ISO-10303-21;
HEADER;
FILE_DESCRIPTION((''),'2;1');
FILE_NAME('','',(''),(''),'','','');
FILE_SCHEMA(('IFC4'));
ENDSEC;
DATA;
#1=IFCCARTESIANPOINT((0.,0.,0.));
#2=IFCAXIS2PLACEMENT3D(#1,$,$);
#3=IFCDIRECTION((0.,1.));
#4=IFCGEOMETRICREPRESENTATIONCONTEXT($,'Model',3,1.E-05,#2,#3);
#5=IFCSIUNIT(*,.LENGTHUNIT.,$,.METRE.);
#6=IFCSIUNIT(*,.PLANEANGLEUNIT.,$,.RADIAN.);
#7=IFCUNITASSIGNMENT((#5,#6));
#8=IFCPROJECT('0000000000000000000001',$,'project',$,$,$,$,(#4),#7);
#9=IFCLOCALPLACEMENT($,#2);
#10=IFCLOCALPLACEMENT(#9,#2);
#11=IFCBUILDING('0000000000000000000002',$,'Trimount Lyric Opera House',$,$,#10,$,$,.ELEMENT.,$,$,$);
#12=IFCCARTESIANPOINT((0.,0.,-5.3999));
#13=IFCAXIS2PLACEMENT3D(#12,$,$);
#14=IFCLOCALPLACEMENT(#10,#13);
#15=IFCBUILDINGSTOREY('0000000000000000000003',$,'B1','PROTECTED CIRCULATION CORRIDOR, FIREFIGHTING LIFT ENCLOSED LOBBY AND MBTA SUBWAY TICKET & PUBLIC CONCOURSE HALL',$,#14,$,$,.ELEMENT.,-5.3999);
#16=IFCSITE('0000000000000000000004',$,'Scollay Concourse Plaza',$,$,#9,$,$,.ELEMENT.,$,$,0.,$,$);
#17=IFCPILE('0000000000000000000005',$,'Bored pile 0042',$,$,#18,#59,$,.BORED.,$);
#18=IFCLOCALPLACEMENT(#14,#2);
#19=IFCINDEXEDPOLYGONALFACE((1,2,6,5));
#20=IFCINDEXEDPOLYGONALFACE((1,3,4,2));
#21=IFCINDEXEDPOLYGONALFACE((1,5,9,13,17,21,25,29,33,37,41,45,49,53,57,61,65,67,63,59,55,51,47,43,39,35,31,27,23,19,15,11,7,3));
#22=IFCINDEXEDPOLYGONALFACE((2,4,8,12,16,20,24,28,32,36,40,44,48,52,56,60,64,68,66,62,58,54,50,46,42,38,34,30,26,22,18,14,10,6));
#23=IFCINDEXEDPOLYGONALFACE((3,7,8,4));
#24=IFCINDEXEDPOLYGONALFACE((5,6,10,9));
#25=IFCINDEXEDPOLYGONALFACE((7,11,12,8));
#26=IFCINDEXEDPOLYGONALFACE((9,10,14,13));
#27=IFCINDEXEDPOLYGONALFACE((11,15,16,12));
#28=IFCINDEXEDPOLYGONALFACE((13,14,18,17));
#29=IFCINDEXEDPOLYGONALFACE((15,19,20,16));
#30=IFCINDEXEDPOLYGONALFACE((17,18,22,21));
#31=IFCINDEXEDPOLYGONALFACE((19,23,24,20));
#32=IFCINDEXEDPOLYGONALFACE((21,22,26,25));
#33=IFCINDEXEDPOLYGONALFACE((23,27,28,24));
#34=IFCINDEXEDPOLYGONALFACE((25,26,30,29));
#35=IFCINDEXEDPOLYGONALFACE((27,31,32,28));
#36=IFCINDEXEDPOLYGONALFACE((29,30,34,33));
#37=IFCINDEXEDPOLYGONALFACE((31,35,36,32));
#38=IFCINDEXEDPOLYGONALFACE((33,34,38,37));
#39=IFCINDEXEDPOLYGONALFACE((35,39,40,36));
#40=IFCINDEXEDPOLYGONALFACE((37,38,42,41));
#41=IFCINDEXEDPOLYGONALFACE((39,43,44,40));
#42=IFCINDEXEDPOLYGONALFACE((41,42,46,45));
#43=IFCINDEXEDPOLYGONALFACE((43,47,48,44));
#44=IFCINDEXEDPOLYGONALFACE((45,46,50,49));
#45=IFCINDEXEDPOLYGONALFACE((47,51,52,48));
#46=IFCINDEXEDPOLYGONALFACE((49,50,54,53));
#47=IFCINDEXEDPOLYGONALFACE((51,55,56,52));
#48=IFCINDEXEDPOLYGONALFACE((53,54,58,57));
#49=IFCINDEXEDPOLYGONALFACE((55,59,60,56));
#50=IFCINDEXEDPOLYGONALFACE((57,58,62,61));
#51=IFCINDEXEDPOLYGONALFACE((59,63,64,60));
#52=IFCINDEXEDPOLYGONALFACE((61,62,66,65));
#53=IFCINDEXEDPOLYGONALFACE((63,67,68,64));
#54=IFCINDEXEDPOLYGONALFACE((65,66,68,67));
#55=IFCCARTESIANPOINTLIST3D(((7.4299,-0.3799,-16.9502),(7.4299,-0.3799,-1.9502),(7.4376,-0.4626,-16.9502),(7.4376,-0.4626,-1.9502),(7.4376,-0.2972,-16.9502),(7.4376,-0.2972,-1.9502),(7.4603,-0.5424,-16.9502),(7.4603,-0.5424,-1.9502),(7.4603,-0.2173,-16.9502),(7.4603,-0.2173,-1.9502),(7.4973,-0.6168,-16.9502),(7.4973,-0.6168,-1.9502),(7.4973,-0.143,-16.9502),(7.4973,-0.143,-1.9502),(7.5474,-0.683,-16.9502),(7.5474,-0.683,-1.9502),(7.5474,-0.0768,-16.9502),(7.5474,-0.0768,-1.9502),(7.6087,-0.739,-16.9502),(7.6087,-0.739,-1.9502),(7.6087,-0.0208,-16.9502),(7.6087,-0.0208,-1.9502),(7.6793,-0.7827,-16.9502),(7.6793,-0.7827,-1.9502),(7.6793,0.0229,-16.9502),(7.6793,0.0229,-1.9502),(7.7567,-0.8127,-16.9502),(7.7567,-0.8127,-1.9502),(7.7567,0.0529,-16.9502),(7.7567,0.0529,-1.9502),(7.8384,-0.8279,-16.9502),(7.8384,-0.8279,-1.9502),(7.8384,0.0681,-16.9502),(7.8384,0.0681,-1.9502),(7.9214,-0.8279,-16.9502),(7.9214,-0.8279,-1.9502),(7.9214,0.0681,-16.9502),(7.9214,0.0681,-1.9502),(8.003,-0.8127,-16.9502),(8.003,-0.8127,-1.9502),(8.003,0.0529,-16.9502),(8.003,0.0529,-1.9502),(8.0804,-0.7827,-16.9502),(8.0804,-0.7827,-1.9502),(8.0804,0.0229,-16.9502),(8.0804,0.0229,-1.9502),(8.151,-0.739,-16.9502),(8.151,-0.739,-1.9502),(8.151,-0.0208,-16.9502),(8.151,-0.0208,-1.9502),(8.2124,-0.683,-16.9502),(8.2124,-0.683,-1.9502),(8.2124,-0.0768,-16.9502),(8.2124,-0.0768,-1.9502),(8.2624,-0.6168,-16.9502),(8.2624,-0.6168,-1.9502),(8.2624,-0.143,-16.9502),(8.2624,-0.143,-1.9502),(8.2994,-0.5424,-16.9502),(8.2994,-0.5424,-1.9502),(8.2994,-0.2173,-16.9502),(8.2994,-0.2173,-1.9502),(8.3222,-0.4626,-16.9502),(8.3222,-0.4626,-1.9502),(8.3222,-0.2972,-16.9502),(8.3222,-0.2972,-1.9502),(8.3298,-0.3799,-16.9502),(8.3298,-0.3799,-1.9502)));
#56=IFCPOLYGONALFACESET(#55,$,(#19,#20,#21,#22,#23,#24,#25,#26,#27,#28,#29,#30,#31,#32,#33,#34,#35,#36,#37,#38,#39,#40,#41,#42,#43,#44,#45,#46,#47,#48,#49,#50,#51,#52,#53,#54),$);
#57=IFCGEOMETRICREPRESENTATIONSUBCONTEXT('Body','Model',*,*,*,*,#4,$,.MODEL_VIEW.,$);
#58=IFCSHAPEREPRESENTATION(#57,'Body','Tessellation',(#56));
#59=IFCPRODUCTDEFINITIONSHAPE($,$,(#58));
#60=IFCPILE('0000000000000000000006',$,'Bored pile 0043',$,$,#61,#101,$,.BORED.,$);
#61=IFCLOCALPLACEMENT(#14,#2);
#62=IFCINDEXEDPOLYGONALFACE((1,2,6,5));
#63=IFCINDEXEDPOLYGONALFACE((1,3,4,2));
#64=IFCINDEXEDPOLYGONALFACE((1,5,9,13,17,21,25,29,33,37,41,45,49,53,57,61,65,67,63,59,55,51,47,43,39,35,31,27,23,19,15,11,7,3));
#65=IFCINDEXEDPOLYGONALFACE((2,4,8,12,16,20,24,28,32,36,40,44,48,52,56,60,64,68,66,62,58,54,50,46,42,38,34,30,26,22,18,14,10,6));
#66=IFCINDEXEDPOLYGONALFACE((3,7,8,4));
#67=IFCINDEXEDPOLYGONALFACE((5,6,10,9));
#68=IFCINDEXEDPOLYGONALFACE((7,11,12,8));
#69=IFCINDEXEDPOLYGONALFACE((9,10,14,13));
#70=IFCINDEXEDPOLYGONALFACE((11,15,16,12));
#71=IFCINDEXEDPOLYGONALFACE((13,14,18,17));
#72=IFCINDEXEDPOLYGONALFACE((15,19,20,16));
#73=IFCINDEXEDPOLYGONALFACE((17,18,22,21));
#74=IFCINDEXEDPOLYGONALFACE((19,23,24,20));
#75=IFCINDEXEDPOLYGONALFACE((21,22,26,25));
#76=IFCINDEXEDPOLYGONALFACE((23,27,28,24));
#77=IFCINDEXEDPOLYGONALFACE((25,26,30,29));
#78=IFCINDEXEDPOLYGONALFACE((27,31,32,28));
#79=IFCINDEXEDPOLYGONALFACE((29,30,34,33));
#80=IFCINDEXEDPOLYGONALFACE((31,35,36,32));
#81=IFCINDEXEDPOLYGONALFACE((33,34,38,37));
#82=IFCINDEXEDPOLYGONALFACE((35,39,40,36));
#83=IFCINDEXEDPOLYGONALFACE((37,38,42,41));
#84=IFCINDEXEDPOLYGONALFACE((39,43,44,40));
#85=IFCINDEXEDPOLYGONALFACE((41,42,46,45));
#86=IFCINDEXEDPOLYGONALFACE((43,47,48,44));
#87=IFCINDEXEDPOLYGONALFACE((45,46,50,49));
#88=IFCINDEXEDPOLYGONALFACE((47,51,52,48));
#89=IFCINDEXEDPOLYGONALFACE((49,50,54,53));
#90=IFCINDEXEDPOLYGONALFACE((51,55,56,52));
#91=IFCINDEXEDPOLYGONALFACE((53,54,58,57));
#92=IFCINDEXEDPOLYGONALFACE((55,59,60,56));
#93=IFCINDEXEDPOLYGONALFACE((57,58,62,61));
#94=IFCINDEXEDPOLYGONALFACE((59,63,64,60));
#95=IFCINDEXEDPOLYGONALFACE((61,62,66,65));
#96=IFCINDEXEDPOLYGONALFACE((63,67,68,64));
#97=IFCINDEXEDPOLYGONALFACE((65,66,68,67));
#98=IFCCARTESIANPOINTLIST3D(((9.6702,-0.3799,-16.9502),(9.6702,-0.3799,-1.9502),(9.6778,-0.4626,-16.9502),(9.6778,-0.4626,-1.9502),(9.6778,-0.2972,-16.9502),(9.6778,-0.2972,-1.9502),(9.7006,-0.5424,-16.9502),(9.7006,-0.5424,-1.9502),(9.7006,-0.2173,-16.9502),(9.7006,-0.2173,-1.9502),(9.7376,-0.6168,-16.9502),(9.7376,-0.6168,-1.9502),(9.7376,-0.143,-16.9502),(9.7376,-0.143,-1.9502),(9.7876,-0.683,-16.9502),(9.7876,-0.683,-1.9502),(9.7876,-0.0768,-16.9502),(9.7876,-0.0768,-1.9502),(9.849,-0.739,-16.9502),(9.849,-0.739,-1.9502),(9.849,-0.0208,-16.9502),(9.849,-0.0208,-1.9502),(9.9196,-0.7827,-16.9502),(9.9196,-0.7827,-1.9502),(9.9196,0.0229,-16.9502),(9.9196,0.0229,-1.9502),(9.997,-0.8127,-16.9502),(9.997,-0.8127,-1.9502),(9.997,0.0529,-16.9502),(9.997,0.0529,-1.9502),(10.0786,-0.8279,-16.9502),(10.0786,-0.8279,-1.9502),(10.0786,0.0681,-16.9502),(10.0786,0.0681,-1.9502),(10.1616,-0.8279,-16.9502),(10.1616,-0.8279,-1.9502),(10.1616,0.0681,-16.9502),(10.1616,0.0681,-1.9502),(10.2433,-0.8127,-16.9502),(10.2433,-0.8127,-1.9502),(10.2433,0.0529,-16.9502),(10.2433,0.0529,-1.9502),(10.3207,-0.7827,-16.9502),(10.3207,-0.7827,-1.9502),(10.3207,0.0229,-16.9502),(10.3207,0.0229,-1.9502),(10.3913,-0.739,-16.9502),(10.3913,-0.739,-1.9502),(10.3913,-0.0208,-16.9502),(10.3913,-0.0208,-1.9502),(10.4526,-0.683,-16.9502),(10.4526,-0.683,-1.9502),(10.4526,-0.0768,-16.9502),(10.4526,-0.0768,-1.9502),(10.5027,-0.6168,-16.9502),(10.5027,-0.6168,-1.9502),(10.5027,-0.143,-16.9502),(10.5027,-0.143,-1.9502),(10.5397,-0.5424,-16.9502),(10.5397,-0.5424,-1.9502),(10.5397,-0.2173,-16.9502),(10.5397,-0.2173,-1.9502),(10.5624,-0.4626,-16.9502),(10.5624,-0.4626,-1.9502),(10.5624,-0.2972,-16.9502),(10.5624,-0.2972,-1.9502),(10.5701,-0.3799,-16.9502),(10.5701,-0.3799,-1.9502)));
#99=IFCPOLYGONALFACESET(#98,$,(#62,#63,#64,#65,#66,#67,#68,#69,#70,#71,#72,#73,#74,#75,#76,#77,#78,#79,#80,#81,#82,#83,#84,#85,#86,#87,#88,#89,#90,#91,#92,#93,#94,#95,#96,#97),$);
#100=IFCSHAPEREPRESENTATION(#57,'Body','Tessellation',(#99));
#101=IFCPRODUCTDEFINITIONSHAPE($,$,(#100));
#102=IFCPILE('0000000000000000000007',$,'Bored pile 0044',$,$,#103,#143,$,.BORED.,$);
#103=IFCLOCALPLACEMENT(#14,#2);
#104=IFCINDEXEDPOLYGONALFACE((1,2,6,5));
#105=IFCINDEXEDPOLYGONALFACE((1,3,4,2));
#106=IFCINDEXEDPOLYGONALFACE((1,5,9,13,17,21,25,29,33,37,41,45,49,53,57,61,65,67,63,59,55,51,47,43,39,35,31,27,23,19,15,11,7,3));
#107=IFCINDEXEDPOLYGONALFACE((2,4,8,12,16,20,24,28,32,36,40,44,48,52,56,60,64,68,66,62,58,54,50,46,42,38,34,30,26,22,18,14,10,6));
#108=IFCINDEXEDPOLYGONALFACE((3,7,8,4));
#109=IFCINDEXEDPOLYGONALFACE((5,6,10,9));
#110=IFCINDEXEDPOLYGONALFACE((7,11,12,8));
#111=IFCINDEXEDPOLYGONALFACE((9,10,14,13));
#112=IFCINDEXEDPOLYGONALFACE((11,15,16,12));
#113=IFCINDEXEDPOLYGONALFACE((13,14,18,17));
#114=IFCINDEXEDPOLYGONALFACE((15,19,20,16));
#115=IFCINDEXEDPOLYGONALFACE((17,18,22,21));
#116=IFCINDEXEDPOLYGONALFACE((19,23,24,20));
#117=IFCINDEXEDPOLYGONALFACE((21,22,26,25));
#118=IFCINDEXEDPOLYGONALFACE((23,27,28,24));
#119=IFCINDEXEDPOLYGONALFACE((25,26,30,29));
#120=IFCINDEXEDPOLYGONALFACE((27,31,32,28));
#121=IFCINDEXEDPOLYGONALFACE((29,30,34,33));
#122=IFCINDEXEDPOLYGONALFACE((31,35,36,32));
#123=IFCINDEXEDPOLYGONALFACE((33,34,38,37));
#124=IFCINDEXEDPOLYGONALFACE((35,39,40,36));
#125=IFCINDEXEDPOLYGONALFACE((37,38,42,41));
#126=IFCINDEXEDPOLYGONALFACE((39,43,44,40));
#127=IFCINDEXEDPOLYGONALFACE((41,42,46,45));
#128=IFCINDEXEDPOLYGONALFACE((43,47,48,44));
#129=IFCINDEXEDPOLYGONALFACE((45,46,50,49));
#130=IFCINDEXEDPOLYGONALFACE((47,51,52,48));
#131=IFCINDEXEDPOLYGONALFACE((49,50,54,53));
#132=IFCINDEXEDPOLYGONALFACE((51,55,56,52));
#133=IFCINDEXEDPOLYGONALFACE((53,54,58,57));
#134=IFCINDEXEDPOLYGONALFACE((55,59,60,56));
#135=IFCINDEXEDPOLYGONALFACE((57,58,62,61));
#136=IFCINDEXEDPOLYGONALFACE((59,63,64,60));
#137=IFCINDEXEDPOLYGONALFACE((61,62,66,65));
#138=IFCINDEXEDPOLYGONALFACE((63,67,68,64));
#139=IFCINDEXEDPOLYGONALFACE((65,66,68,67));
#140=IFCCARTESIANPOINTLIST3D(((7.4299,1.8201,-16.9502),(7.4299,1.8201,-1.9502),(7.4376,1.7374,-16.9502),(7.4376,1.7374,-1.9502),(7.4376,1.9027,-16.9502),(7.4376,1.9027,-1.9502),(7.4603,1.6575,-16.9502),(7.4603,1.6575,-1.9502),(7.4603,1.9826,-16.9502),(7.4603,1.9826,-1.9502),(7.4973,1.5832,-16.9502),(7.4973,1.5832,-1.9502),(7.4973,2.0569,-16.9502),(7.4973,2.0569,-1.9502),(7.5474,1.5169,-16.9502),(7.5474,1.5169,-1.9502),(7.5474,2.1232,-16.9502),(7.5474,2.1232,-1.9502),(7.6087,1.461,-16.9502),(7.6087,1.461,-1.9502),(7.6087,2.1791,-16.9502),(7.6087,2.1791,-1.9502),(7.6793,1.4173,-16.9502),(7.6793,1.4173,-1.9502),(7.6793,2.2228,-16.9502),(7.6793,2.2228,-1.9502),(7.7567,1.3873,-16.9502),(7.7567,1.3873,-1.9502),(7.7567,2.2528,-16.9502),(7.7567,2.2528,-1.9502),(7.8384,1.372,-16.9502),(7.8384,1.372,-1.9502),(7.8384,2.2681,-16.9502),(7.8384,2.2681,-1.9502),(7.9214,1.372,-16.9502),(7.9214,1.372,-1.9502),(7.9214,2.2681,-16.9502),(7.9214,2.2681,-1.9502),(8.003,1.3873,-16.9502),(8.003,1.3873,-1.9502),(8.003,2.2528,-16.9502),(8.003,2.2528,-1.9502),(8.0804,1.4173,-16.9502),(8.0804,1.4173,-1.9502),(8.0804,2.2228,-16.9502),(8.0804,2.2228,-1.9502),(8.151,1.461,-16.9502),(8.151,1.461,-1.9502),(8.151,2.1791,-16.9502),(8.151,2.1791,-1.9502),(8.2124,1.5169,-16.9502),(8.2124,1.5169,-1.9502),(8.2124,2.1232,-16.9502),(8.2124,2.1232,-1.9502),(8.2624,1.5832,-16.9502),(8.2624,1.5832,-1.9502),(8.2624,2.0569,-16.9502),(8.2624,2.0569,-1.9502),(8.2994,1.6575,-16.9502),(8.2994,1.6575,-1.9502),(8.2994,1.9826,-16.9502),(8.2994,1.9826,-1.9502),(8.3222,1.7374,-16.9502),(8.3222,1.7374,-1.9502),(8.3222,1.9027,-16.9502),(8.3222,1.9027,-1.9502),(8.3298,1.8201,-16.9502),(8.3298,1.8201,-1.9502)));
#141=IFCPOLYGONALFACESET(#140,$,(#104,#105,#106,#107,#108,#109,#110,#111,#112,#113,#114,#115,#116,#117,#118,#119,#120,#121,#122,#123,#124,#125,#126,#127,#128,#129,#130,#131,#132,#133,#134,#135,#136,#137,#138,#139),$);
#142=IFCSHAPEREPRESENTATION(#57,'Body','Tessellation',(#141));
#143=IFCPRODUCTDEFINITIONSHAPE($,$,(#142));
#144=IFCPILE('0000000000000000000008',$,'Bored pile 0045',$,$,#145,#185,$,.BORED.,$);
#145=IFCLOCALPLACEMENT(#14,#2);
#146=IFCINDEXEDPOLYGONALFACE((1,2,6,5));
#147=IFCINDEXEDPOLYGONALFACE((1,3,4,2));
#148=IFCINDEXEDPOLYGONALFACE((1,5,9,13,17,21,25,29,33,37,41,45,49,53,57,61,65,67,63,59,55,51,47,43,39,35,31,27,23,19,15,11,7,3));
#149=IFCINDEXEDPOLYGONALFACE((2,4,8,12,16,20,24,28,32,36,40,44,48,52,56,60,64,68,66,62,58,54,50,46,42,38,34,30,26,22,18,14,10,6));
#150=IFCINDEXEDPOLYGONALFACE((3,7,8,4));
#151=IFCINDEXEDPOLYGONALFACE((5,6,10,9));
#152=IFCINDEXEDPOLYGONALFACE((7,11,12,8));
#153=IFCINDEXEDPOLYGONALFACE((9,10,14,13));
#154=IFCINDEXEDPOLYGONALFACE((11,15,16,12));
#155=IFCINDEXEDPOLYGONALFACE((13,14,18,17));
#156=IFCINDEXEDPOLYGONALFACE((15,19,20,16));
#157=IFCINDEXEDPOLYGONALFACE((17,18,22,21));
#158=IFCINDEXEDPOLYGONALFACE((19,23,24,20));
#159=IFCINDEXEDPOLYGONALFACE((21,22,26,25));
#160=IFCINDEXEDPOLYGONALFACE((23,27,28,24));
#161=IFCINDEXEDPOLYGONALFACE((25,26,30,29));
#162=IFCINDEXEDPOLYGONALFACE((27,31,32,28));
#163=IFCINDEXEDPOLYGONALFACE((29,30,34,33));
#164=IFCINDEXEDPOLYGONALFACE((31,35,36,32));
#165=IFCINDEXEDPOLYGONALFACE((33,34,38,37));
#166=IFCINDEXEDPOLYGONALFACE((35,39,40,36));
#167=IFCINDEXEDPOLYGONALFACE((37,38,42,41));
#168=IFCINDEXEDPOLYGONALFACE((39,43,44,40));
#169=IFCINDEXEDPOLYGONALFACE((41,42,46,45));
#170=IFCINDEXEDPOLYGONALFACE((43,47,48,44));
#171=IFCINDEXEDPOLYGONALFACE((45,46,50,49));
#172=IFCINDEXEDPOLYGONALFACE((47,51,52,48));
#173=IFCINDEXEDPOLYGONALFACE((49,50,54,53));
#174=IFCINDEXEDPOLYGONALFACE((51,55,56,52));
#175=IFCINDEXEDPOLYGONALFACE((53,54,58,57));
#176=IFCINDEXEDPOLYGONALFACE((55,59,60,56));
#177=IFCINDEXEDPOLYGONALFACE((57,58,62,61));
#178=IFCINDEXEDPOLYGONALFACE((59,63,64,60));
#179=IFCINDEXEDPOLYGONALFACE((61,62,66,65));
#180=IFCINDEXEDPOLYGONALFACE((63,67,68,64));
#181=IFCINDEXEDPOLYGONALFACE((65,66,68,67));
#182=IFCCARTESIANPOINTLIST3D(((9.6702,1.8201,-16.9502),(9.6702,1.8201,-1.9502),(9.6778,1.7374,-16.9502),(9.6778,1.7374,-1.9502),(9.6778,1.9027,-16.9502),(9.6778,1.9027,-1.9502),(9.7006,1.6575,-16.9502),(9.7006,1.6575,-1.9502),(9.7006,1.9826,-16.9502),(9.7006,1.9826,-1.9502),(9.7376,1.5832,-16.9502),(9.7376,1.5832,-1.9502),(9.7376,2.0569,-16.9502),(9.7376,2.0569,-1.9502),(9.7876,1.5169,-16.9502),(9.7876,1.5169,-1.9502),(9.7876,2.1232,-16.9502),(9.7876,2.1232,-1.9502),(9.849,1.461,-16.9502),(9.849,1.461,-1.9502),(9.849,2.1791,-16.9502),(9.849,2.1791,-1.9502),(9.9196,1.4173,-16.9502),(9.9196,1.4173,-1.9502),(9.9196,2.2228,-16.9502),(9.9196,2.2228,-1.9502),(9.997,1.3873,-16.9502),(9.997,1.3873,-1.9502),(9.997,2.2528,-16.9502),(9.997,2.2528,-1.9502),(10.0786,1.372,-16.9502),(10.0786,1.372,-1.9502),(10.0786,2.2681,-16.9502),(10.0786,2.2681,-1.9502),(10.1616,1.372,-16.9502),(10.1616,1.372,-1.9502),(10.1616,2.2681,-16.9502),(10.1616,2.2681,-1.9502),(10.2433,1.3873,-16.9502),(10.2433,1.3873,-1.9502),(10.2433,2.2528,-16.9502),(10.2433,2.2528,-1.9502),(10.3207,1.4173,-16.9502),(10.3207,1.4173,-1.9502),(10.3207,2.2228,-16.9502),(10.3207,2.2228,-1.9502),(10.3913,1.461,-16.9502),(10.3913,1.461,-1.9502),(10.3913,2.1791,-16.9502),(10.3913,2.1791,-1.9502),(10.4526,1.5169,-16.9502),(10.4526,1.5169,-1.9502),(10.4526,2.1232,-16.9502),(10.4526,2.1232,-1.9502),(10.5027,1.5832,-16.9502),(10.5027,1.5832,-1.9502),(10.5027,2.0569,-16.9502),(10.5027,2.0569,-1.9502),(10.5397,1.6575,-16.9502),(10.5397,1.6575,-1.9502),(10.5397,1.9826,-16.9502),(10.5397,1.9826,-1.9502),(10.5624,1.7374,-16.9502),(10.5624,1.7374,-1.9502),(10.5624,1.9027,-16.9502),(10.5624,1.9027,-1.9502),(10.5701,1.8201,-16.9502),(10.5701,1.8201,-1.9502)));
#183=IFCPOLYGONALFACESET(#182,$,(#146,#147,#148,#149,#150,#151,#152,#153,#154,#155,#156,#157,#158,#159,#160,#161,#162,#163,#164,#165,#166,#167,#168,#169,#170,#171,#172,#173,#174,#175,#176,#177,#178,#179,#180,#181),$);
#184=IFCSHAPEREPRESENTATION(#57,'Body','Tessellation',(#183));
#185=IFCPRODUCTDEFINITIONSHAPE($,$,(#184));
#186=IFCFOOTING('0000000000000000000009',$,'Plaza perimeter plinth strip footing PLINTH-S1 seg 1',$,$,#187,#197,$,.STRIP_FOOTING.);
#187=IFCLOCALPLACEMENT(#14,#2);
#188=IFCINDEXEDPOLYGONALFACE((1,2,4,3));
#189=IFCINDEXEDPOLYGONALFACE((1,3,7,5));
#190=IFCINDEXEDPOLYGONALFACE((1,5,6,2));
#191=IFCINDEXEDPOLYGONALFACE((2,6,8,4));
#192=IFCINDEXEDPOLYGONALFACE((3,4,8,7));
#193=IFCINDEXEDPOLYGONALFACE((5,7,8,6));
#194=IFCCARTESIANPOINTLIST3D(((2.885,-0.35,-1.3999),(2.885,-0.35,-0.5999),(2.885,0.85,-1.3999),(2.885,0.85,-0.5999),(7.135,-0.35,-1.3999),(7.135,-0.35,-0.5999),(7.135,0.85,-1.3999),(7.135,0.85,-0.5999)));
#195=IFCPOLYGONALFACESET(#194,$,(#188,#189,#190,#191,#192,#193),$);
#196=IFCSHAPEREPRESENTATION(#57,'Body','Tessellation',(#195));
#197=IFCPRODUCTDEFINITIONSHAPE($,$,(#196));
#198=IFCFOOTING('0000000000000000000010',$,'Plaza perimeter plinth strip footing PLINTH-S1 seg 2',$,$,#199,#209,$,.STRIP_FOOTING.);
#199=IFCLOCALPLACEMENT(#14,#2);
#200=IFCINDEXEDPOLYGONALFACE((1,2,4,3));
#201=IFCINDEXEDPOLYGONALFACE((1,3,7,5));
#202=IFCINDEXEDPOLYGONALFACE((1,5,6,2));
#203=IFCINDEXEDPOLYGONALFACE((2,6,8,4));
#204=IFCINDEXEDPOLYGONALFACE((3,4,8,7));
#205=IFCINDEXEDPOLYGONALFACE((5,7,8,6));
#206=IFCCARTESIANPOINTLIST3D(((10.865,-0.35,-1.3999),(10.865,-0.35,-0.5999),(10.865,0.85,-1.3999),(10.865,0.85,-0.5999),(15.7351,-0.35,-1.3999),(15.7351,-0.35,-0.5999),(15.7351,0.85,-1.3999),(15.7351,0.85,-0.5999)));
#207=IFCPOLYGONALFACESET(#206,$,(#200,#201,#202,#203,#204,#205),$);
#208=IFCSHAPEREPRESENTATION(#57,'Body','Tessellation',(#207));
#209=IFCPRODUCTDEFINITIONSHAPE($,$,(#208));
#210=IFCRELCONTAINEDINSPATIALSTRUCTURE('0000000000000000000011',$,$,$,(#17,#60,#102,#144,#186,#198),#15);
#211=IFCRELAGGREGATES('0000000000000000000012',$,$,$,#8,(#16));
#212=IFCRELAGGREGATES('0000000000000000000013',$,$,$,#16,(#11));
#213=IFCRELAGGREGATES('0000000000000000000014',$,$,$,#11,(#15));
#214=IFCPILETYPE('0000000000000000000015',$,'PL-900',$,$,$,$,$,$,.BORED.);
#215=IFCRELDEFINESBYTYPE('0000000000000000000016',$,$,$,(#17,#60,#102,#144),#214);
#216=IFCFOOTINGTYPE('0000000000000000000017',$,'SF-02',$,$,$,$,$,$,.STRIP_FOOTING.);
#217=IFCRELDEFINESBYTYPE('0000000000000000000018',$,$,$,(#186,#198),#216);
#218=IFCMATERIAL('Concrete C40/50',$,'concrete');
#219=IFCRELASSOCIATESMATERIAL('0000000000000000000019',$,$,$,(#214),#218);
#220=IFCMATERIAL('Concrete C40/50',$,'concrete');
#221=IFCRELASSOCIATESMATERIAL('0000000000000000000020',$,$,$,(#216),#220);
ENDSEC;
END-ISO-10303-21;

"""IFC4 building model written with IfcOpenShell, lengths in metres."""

from ifc_helpers import new_model, si_unit, direction, frame, origin, origin_2d, place, context, subcontext, project, spatial, rectangle, circle, extrude, material, material_profile, profile_set, type_object, element, save


model = new_model("IFC4")

# Units and contexts
model_context = context("Model", 3, precision=1e-05, world=origin(), true_north=direction((0.0, 1.0)))
body_context = subcontext(model_context, "Body", "Model", "MODEL_VIEW")
ifc_project = project(units=[si_unit("LENGTHUNIT", "METRE"), si_unit("PLANEANGLEUNIT", "RADIAN")], contexts=[model_context])

# Site, building, storey
site_placement = place(None, origin())
site = spatial("IfcSite", under=ifc_project, at=site_placement, Name="Scollay Concourse Plaza", CompositionType="ELEMENT", RefElevation=0.0)
building_placement = place(site_placement, origin())
building = spatial("IfcBuilding", under=site, at=building_placement, Name="Trimount Lyric Opera House", CompositionType="ELEMENT")
storey_placement = place(building_placement, frame((0.0, 0.0, -5.3999)))
storey = spatial("IfcBuildingStorey", under=building, at=storey_placement, Name="B1", Description="PROTECTED CIRCULATION CORRIDOR, FIREFIGHTING LIFT ENCLOSED LOBBY AND MBTA SUBWAY TICKET & PUBLIC CONCOURSE HALL", CompositionType="ELEMENT", Elevation=-5.3999)

# Piles
ifc_material_1 = material(Name="Concrete C40/50", Category="concrete")
ifc_material_profile_1 = material_profile(ifc_material_1, circle(Radius=0.45, at=origin_2d()), Name="PILE-D900")
ifc_profile_set_1 = profile_set([ifc_material_profile_1], Name="Concrete C40/50")
pile_type_1 = type_object("IfcPileType", Name="PL-900", PredefinedType="BORED", material=ifc_profile_set_1)
for number, where, z_axis, x_axis, name in (
    (1, (7.8799, -0.3799, -1.9502), (0.0, 0.0, -1.0), (1.0, 0.0, 0.0), "Bored pile 0042"),
    (2, (10.1201, -0.3799, -1.9502), (0.0, 0.0, -1.0), (1.0, 0.0, 0.0), "Bored pile 0043"),
    (3, (7.8799, 1.8201, -1.9502), (0.0, 0.0, -1.0), (1.0, 0.0, 0.0), "Bored pile 0044"),
    (4, (10.1201, 1.8201, -1.9502), (0.0, 0.0, -1.0), (1.0, 0.0, 0.0), "Bored pile 0045"),
):
    element("IfcPile", number, at=place(storey_placement, frame(where, z_axis=z_axis, x_axis=x_axis)), inside=storey, type_object=pile_type_1, Name=name, PredefinedType="BORED", context=body_context, shape_type="SweptSolid", body=[
        extrude(circle(Radius=0.45, at=origin_2d()), origin(), (0.0, 0.0, 1.0), 15.0),
    ])

# Footings
ifc_material_2 = material(Name="Concrete C40/50", Category="concrete")
footing_type_1 = type_object("IfcFootingType", Name="SF-02", PredefinedType="STRIP_FOOTING", material=ifc_material_2)
footing_1_placement = place(storey_placement, frame((5.01, 0.25, -1.3999), z_axis=(0.0, 0.0, 1.0), x_axis=(1.0, 0.0, 0.0)))
element("IfcFooting", 5, at=footing_1_placement, inside=storey, type_object=footing_type_1, Name="Plaza perimeter plinth strip footing PLINTH-S1 seg 1", PredefinedType="STRIP_FOOTING", context=body_context, shape_type="SweptSolid", body=[
    extrude(rectangle(XDim=4.25, YDim=1.2, at=origin_2d()), origin(), (0.0, 0.0, 1.0), 0.8),
])
footing_2_placement = place(storey_placement, frame((13.3, 0.25, -1.3999), z_axis=(0.0, 0.0, 1.0), x_axis=(1.0, 0.0, 0.0)))
element("IfcFooting", 6, at=footing_2_placement, inside=storey, type_object=footing_type_1, Name="Plaza perimeter plinth strip footing PLINTH-S1 seg 2", PredefinedType="STRIP_FOOTING", context=body_context, shape_type="SweptSolid", body=[
    extrude(rectangle(XDim=4.8701, YDim=1.2, at=origin_2d()), origin(), (0.0, 0.0, 1.0), 0.8),
])

save(model, "model.ifc")
